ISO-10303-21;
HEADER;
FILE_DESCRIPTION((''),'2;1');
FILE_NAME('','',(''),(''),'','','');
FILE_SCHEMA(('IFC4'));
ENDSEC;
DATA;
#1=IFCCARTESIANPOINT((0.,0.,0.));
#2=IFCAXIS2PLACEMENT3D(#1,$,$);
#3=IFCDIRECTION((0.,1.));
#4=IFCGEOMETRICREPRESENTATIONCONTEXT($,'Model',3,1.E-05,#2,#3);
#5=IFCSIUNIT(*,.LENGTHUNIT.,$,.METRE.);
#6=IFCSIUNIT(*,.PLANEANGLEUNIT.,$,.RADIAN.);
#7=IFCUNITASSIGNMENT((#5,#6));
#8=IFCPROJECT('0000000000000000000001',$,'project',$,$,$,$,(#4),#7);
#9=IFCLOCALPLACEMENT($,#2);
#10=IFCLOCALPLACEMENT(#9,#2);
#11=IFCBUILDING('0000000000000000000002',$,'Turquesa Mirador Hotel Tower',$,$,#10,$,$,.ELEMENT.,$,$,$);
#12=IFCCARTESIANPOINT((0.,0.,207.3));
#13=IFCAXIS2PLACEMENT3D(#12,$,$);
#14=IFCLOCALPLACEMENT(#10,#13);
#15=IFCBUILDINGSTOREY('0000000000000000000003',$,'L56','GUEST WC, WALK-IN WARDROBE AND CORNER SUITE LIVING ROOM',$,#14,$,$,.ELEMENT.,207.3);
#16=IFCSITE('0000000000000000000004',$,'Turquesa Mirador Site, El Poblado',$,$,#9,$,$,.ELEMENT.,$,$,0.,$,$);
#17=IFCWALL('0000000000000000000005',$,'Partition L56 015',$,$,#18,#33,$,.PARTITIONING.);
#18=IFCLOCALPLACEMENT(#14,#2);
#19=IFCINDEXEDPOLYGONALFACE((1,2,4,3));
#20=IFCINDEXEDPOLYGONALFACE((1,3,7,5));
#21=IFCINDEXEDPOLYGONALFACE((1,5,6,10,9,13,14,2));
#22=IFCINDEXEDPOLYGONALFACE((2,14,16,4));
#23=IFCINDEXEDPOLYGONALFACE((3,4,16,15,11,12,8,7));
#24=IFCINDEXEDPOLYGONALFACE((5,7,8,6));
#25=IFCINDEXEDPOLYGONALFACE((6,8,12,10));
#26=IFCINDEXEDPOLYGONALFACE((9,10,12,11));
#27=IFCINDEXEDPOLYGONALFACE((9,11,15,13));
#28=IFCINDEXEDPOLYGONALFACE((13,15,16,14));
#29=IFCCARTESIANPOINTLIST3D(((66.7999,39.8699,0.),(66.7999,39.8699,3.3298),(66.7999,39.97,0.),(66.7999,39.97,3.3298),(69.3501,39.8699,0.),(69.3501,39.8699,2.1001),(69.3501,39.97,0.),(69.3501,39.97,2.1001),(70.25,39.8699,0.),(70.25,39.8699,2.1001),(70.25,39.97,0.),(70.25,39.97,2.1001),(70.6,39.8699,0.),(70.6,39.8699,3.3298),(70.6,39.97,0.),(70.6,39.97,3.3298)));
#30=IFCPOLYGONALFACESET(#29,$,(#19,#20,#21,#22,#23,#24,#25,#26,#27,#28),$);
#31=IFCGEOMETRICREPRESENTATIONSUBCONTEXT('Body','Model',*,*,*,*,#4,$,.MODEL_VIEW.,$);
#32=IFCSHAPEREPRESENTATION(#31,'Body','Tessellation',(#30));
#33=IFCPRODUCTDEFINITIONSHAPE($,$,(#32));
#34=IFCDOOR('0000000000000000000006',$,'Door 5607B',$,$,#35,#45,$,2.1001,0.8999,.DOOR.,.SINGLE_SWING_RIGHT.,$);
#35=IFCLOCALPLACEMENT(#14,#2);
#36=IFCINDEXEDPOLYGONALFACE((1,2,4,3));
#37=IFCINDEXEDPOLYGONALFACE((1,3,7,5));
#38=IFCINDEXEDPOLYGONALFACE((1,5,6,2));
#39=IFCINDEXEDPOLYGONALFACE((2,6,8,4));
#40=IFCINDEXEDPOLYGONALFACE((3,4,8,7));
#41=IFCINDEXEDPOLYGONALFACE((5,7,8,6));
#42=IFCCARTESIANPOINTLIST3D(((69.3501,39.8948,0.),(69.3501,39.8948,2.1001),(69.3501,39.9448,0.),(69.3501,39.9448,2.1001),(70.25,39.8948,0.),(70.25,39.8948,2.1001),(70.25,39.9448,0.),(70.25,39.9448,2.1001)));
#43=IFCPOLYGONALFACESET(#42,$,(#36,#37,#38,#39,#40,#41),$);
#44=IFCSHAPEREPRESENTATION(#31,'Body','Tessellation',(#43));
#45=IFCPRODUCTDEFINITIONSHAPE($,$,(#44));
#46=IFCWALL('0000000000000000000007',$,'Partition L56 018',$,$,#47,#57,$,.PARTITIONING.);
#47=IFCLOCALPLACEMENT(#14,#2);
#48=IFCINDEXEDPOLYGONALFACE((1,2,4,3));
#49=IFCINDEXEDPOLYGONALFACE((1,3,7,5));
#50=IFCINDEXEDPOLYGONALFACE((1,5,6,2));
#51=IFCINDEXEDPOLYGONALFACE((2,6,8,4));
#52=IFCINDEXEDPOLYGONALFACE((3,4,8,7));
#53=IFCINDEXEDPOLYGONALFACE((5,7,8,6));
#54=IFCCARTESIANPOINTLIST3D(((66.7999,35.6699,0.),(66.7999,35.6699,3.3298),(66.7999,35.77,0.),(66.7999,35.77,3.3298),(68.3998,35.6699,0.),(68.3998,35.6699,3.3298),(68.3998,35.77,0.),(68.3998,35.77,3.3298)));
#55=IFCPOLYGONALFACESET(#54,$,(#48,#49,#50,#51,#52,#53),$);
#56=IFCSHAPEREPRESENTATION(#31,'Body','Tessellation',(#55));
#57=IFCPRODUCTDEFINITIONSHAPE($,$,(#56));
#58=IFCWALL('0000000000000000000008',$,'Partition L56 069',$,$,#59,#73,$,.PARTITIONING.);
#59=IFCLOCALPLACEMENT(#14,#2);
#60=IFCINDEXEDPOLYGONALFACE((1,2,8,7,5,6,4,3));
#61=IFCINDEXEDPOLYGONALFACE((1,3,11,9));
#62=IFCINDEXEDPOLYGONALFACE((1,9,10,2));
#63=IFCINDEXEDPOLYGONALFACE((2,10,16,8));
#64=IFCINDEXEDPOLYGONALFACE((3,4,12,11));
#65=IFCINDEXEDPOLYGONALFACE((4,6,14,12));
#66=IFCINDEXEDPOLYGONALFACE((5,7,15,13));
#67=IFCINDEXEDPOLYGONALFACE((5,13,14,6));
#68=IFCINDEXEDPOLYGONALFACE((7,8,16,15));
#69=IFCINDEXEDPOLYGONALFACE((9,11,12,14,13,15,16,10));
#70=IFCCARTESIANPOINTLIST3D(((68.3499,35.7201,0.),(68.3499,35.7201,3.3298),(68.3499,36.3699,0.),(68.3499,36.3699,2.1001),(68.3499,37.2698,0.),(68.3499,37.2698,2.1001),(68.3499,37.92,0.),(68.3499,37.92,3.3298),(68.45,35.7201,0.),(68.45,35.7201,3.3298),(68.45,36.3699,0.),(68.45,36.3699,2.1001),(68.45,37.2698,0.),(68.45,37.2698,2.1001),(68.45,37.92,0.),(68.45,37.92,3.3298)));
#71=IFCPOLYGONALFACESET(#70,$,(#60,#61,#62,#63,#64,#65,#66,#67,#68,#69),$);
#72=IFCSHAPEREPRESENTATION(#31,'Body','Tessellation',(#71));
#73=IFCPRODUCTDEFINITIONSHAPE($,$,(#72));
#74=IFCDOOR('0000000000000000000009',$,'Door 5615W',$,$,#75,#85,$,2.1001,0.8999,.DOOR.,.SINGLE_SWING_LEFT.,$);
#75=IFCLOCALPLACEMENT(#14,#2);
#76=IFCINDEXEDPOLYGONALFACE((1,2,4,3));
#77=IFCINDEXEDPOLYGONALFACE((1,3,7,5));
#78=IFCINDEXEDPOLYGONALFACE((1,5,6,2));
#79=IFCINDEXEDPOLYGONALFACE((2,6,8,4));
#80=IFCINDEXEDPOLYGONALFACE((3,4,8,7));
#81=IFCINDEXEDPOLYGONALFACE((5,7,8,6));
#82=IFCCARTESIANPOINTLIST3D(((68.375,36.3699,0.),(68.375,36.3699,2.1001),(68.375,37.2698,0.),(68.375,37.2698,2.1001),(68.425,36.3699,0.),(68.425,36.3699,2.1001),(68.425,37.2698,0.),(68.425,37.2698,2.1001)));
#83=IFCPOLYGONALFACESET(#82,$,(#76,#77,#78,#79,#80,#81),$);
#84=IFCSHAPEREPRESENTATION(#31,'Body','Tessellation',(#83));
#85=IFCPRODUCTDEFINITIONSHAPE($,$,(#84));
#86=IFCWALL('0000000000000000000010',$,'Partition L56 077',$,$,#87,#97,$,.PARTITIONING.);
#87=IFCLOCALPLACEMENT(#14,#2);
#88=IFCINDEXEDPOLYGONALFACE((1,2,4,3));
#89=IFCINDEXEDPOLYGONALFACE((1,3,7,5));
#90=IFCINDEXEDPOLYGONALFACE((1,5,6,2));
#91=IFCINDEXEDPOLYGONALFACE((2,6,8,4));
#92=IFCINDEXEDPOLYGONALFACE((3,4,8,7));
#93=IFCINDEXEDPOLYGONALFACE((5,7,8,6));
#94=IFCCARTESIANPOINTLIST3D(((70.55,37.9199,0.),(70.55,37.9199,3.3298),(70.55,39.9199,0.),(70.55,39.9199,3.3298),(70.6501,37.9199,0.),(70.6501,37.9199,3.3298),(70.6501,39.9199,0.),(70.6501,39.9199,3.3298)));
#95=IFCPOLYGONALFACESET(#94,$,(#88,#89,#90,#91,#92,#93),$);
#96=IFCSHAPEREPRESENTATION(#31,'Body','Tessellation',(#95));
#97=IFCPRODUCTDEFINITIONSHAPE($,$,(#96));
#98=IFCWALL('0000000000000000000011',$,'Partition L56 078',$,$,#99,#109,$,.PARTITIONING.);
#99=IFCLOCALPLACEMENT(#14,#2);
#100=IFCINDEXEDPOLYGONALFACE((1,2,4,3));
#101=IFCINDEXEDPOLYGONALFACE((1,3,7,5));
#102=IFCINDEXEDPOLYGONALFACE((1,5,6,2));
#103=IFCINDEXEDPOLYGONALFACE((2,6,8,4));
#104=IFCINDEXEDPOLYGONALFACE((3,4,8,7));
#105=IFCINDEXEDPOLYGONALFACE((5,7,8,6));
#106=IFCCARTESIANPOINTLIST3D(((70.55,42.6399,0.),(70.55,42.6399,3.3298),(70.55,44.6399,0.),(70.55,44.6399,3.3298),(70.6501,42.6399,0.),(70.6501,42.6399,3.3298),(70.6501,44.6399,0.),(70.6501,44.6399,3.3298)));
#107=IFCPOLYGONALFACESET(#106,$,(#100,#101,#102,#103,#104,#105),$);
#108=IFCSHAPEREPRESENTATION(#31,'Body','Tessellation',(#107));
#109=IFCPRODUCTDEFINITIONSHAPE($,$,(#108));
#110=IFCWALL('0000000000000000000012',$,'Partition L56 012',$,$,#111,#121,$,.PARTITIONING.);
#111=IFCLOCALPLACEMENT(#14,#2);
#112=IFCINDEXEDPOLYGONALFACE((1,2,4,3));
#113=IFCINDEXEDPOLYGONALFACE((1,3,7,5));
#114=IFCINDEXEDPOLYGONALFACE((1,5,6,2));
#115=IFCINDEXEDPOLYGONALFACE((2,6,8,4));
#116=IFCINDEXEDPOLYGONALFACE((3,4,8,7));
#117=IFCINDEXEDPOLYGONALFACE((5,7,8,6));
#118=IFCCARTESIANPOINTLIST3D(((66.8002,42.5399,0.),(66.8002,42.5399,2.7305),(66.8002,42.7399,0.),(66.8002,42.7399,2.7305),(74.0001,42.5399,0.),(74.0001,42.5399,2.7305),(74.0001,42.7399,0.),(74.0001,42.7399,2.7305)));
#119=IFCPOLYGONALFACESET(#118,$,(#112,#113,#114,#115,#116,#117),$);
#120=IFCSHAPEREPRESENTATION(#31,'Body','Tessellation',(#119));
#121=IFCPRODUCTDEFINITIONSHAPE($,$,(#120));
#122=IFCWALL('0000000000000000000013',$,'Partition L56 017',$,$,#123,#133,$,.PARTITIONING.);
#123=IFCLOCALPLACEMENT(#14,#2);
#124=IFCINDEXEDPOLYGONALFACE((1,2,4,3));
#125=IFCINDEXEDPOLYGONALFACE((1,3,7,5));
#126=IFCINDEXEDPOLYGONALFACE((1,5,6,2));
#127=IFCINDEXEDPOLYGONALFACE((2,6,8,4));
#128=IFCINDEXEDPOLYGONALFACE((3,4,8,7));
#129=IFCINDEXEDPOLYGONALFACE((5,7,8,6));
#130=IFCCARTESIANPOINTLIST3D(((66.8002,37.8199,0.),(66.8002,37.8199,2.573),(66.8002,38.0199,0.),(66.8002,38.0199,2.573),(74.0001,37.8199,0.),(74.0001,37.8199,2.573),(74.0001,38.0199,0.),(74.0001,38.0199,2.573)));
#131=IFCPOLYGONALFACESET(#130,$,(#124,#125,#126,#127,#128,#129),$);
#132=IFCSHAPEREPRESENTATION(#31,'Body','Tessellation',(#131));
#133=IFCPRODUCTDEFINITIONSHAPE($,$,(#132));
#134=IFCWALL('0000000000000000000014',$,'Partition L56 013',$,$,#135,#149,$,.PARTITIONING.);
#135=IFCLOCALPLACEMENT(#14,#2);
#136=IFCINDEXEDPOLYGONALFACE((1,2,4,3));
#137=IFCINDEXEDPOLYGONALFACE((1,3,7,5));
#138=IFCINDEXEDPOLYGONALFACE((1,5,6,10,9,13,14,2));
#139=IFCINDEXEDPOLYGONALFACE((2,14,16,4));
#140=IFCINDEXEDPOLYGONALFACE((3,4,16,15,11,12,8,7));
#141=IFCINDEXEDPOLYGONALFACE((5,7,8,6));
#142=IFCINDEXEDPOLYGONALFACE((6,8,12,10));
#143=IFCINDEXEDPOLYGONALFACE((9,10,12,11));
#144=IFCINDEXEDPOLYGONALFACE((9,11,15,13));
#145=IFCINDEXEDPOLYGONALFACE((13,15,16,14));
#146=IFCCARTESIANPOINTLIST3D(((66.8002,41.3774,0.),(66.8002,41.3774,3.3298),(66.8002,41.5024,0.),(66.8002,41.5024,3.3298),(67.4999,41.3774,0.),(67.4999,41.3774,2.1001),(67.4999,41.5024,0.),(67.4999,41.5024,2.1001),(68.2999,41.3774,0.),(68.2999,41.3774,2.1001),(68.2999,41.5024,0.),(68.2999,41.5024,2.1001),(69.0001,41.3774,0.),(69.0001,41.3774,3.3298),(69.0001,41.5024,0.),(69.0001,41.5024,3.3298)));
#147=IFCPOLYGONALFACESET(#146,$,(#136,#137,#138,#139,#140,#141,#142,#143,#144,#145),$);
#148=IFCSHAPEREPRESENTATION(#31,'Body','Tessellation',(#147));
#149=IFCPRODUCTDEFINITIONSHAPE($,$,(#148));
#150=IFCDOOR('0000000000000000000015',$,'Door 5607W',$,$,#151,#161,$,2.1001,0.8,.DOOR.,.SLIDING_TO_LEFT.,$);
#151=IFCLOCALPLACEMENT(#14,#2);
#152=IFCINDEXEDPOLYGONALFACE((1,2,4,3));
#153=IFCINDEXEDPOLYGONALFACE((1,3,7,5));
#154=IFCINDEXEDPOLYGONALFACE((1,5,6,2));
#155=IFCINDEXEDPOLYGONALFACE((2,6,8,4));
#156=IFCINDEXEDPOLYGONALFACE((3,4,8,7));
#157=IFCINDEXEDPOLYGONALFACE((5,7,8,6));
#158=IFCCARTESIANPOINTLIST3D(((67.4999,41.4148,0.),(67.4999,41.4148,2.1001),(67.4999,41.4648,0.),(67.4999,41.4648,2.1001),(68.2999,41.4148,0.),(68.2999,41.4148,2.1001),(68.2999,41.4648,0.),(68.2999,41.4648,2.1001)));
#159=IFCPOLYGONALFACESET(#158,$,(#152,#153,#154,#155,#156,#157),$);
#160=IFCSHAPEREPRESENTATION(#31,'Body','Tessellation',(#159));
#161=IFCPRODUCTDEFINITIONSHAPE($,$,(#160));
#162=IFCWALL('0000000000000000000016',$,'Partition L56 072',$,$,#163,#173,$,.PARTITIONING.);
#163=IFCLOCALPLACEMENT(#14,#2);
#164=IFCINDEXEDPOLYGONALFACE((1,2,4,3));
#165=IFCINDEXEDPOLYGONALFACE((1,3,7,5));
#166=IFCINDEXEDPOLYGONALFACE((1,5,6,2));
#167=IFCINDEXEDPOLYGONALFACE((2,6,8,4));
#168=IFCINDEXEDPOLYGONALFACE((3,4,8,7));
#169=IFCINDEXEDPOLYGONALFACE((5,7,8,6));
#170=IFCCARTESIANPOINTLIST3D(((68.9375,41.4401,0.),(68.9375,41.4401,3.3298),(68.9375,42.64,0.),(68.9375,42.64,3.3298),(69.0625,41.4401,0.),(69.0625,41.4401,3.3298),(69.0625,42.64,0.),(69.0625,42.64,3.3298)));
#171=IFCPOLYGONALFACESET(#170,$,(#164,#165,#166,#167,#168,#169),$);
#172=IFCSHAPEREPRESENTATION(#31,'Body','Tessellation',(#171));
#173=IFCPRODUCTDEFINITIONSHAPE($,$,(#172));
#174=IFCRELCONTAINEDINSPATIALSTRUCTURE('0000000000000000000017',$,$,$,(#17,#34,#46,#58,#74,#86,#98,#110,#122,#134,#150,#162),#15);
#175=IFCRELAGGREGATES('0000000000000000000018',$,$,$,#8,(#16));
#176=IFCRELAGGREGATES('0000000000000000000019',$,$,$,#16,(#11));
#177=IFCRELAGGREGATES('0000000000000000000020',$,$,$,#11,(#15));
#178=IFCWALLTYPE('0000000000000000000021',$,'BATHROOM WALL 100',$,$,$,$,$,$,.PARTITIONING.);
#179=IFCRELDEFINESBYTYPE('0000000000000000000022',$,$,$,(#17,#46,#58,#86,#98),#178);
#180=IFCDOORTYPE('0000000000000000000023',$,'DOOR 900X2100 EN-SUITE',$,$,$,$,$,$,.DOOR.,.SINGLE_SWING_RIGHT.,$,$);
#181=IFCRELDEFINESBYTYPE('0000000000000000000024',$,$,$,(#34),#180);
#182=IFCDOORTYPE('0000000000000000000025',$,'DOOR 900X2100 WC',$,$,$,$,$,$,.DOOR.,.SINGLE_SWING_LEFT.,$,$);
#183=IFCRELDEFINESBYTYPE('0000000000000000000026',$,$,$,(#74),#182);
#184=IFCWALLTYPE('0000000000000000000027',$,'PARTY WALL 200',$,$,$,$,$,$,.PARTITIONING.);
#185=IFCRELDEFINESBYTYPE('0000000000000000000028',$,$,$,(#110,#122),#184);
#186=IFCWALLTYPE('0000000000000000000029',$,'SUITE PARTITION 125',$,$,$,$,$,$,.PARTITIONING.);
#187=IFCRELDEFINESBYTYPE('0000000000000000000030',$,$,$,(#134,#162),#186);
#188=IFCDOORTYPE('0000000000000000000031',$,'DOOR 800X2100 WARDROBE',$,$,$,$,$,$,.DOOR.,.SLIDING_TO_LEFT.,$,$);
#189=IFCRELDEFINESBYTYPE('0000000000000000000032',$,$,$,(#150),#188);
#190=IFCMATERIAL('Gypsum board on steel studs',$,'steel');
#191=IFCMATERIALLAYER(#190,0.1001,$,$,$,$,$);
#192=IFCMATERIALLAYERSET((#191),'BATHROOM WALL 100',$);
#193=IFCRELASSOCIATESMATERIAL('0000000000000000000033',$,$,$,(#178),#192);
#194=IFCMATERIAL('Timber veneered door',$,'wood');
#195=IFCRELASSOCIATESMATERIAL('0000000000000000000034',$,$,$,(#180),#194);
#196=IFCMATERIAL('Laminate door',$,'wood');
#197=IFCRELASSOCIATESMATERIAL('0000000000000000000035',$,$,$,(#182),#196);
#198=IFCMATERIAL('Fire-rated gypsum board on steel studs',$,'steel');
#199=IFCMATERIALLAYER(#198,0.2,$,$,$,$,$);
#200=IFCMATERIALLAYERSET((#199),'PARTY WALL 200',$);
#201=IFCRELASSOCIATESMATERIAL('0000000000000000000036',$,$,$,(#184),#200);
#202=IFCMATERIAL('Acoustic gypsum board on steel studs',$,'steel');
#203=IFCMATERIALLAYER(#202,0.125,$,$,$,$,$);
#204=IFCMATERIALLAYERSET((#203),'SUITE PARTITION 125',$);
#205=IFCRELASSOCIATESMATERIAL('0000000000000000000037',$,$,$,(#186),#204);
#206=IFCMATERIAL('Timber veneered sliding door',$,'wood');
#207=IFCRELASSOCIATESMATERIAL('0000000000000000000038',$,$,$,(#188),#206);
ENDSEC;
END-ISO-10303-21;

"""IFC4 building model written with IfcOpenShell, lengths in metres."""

from ifc_helpers import new_model, si_unit, direction, frame, frame_2d, origin, place, context, subcontext, project, spatial, rectangle, extrude, material, layer, layer_set, type_object, element, fill, save


model = new_model("IFC4")

# Units and contexts
model_context = context("Model", 3, precision=1e-05, world=origin(), true_north=direction((0.0, 1.0)))
body_context = subcontext(model_context, "Body", "Model", "MODEL_VIEW")
ifc_project = project(units=[si_unit("LENGTHUNIT", "METRE"), si_unit("PLANEANGLEUNIT", "RADIAN")], contexts=[model_context])

# Site, building, storey
site_placement = place(None, origin())
site = spatial("IfcSite", under=ifc_project, at=site_placement, Name="Turquesa Mirador Site, El Poblado", CompositionType="ELEMENT", RefElevation=0.0)
building_placement = place(site_placement, origin())
building = spatial("IfcBuilding", under=site, at=building_placement, Name="Turquesa Mirador Hotel Tower", CompositionType="ELEMENT")
storey_placement = place(building_placement, frame((0.0, 0.0, 207.3)))
storey = spatial("IfcBuildingStorey", under=building, at=storey_placement, Name="L56", Description="GUEST WC, WALK-IN WARDROBE AND CORNER SUITE LIVING ROOM", CompositionType="ELEMENT", Elevation=207.3)

# Wall, opening, door
ifc_material_1 = material(Name="Gypsum board on steel studs", Category="steel")
ifc_layer_1 = layer(ifc_material_1, 0.1001)
ifc_layer_set_1 = layer_set([ifc_layer_1], Name="BATHROOM WALL 100")
wall_type_1 = type_object("IfcWallType", Name="BATHROOM WALL 100", PredefinedType="PARTITIONING", material=ifc_layer_set_1)
ifc_material_2 = material(Name="Timber veneered door", Category="wood")
door_type_1 = type_object("IfcDoorType", Name="DOOR 900X2100 EN-SUITE", OperationType="SINGLE_SWING_RIGHT", PredefinedType="DOOR", material=ifc_material_2)
wall_1_placement = place(storey_placement, frame((66.8, 39.9199, 0.0), z_axis=(0.0, 0.0, 1.0), x_axis=(1.0, 0.0, 0.0)))
wall_1 = element("IfcWall", 1, at=wall_1_placement, inside=storey, type_object=wall_type_1, Name="Partition L56 015", PredefinedType="PARTITIONING", context=body_context, shape_type="SweptSolid", body=[
    extrude(rectangle(XDim=3.8, YDim=0.1001, at=frame_2d((1.8999, 0.0))), origin(), (0.0, 0.0, 1.0), 3.3298),
])
opening_1_placement = place(wall_1_placement, frame((2.55, 0.0, 0.0)))
opening_1 = element("IfcOpeningElement", 2, at=opening_1_placement, cuts=wall_1, PredefinedType="OPENING", context=body_context, shape_type="SweptSolid", body=[
    extrude(rectangle(XDim=0.8999, YDim=2.1001, at=frame_2d((0.45, 1.05))), frame((0.0, 0.0601, 0.0), z_axis=(0.0, -1.0, 0.0), x_axis=(1.0, 0.0, 0.0)), (0.0, 0.0, 1.0), 0.1201),
])
door_1_placement = place(opening_1_placement, origin())
door_1 = element("IfcDoor", 3, at=door_1_placement, inside=storey, type_object=door_type_1, Name="Door 5607B", OperationType="SINGLE_SWING_RIGHT", OverallHeight=2.1001, OverallWidth=0.8999, PredefinedType="DOOR", context=body_context, shape_type="SweptSolid", body=[
    extrude(rectangle(XDim=0.8999, YDim=2.1001, at=frame_2d((0.45, 1.05))), frame((0.0, 0.0249, 0.0), z_axis=(0.0, -1.0, 0.0), x_axis=(1.0, 0.0, 0.0)), (0.0, 0.0, 1.0), 0.05),
])
fill(opening_1, door_1)

# Wall
wall_2_placement = place(storey_placement, frame((66.8, 35.72, 0.0), z_axis=(0.0, 0.0, 1.0), x_axis=(1.0, 0.0, 0.0)))
element("IfcWall", 4, at=wall_2_placement, inside=storey, type_object=wall_type_1, Name="Partition L56 018", PredefinedType="PARTITIONING", context=body_context, shape_type="SweptSolid", body=[
    extrude(rectangle(XDim=1.5999, YDim=0.1001, at=frame_2d((0.7998, 0.0))), origin(), (0.0, 0.0, 1.0), 3.3298),
])

# Wall, opening, door
wall_3_placement = place(storey_placement, frame((68.3999, 35.72, 0.0), z_axis=(0.0, 0.0, 1.0), x_axis=(0.0, 1.0, 0.0)))
wall_3 = element("IfcWall", 5, at=wall_3_placement, inside=storey, type_object=wall_type_1, Name="Partition L56 069", PredefinedType="PARTITIONING", context=body_context, shape_type="SweptSolid", body=[
    extrude(rectangle(XDim=2.2, YDim=0.1001, at=frame_2d((1.1001, 0.0))), origin(), (0.0, 0.0, 1.0), 3.3298),
])
opening_2_placement = place(wall_3_placement, frame((0.6499, 0.0, 0.0)))
opening_2 = element("IfcOpeningElement", 6, at=opening_2_placement, cuts=wall_3, PredefinedType="OPENING", context=body_context, shape_type="SweptSolid", body=[
    extrude(rectangle(XDim=0.8999, YDim=2.1001, at=frame_2d((0.45, 1.05))), frame((0.0, 0.0601, 0.0), z_axis=(0.0, -1.0, 0.0), x_axis=(1.0, 0.0, 0.0)), (0.0, 0.0, 1.0), 0.1201),
])
ifc_material_3 = material(Name="Laminate door", Category="wood")
door_type_2 = type_object("IfcDoorType", Name="DOOR 900X2100 WC", OperationType="SINGLE_SWING_LEFT", PredefinedType="DOOR", material=ifc_material_3)
door_2_placement = place(opening_2_placement, origin())
door_2 = element("IfcDoor", 7, at=door_2_placement, inside=storey, type_object=door_type_2, Name="Door 5615W", OperationType="SINGLE_SWING_LEFT", OverallHeight=2.1001, OverallWidth=0.8999, PredefinedType="DOOR", context=body_context, shape_type="SweptSolid", body=[
    extrude(rectangle(XDim=0.8999, YDim=2.1001, at=frame_2d((0.45, 1.05))), frame((0.0, 0.0249, 0.0), z_axis=(0.0, -1.0, 0.0), x_axis=(1.0, 0.0, 0.0)), (0.0, 0.0, 1.0), 0.05),
])
fill(opening_2, door_2)

# Walls
for number, where, z_axis, x_axis, name in (
    (8, (70.6001, 37.9199, 0.0), (0.0, 0.0, 1.0), (0.0, 1.0, 0.0), "Partition L56 077"),
    (9, (70.6001, 42.6399, 0.0), (0.0, 0.0, 1.0), (0.0, 1.0, 0.0), "Partition L56 078"),
):
    element("IfcWall", number, at=place(storey_placement, frame(where, z_axis=z_axis, x_axis=x_axis)), inside=storey, type_object=wall_type_1, Name=name, PredefinedType="PARTITIONING", context=body_context, shape_type="SweptSolid", body=[
        extrude(rectangle(XDim=2.0, YDim=0.1001, at=frame_2d((1.0, 0.0))), origin(), (0.0, 0.0, 1.0), 3.3298),
    ])
ifc_material_4 = material(Name="Fire-rated gypsum board on steel studs", Category="steel")
ifc_layer_2 = layer(ifc_material_4, 0.2)
ifc_layer_set_2 = layer_set([ifc_layer_2], Name="PARTY WALL 200")
wall_type_2 = type_object("IfcWallType", Name="PARTY WALL 200", PredefinedType="PARTITIONING", material=ifc_layer_set_2)
wall_4_placement = place(storey_placement, frame((66.8, 42.6399, 0.0), z_axis=(0.0, 0.0, 1.0), x_axis=(1.0, 0.0, 0.0)))
element("IfcWall", 10, at=wall_4_placement, inside=storey, type_object=wall_type_2, Name="Partition L56 012", PredefinedType="PARTITIONING", context=body_context, shape_type="SweptSolid", body=[
    extrude(rectangle(XDim=7.2, YDim=0.2, at=frame_2d((3.6001, 0.0))), origin(), (0.0, 0.0, 1.0), 2.7305),
])
wall_5_placement = place(storey_placement, frame((66.8, 37.9199, 0.0), z_axis=(0.0, 0.0, 1.0), x_axis=(1.0, 0.0, 0.0)))
element("IfcWall", 11, at=wall_5_placement, inside=storey, type_object=wall_type_2, Name="Partition L56 017", PredefinedType="PARTITIONING", context=body_context, shape_type="SweptSolid", body=[
    extrude(rectangle(XDim=7.2, YDim=0.2, at=frame_2d((3.6001, 0.0))), origin(), (0.0, 0.0, 1.0), 2.573),
])

# Wall, opening, door
ifc_material_5 = material(Name="Acoustic gypsum board on steel studs", Category="steel")
ifc_layer_3 = layer(ifc_material_5, 0.125)
ifc_layer_set_3 = layer_set([ifc_layer_3], Name="SUITE PARTITION 125")
wall_type_3 = type_object("IfcWallType", Name="SUITE PARTITION 125", PredefinedType="PARTITIONING", material=ifc_layer_set_3)
wall_6_placement = place(storey_placement, frame((66.8, 41.4399, 0.0), z_axis=(0.0, 0.0, 1.0), x_axis=(1.0, 0.0, 0.0)))
wall_6 = element("IfcWall", 12, at=wall_6_placement, inside=storey, type_object=wall_type_3, Name="Partition L56 013", PredefinedType="PARTITIONING", context=body_context, shape_type="SweptSolid", body=[
    extrude(rectangle(XDim=2.2, YDim=0.125, at=frame_2d((1.1001, 0.0))), origin(), (0.0, 0.0, 1.0), 3.3298),
])
opening_3_placement = place(wall_6_placement, frame((0.7, 0.0, 0.0)))
opening_3 = element("IfcOpeningElement", 13, at=opening_3_placement, cuts=wall_6, PredefinedType="OPENING", context=body_context, shape_type="SweptSolid", body=[
    extrude(rectangle(XDim=0.8, YDim=2.1001, at=frame_2d((0.3999, 1.05))), frame((0.0, 0.0725, 0.0), z_axis=(0.0, -1.0, 0.0), x_axis=(1.0, 0.0, 0.0)), (0.0, 0.0, 1.0), 0.145),
])
ifc_material_6 = material(Name="Timber veneered sliding door", Category="wood")
door_type_3 = type_object("IfcDoorType", Name="DOOR 800X2100 WARDROBE", OperationType="SLIDING_TO_LEFT", PredefinedType="DOOR", material=ifc_material_6)
door_3_placement = place(opening_3_placement, origin())
door_3 = element("IfcDoor", 14, at=door_3_placement, inside=storey, type_object=door_type_3, Name="Door 5607W", OperationType="SLIDING_TO_LEFT", OverallHeight=2.1001, OverallWidth=0.8, PredefinedType="DOOR", context=body_context, shape_type="SweptSolid", body=[
    extrude(rectangle(XDim=0.8, YDim=2.1001, at=frame_2d((0.3999, 1.05))), frame((0.0, 0.0249, 0.0), z_axis=(0.0, -1.0, 0.0), x_axis=(1.0, 0.0, 0.0)), (0.0, 0.0, 1.0), 0.05),
])
fill(opening_3, door_3)

# Wall
wall_7_placement = place(storey_placement, frame((69.0, 41.4399, 0.0), z_axis=(0.0, 0.0, 1.0), x_axis=(0.0, 1.0, 0.0)))
element("IfcWall", 15, at=wall_7_placement, inside=storey, type_object=wall_type_3, Name="Partition L56 072", PredefinedType="PARTITIONING", context=body_context, shape_type="SweptSolid", body=[
    extrude(rectangle(XDim=1.2, YDim=0.125, at=frame_2d((0.6001, 0.0))), origin(), (0.0, 0.0, 1.0), 3.3298),
])

save(model, "model.ifc")
